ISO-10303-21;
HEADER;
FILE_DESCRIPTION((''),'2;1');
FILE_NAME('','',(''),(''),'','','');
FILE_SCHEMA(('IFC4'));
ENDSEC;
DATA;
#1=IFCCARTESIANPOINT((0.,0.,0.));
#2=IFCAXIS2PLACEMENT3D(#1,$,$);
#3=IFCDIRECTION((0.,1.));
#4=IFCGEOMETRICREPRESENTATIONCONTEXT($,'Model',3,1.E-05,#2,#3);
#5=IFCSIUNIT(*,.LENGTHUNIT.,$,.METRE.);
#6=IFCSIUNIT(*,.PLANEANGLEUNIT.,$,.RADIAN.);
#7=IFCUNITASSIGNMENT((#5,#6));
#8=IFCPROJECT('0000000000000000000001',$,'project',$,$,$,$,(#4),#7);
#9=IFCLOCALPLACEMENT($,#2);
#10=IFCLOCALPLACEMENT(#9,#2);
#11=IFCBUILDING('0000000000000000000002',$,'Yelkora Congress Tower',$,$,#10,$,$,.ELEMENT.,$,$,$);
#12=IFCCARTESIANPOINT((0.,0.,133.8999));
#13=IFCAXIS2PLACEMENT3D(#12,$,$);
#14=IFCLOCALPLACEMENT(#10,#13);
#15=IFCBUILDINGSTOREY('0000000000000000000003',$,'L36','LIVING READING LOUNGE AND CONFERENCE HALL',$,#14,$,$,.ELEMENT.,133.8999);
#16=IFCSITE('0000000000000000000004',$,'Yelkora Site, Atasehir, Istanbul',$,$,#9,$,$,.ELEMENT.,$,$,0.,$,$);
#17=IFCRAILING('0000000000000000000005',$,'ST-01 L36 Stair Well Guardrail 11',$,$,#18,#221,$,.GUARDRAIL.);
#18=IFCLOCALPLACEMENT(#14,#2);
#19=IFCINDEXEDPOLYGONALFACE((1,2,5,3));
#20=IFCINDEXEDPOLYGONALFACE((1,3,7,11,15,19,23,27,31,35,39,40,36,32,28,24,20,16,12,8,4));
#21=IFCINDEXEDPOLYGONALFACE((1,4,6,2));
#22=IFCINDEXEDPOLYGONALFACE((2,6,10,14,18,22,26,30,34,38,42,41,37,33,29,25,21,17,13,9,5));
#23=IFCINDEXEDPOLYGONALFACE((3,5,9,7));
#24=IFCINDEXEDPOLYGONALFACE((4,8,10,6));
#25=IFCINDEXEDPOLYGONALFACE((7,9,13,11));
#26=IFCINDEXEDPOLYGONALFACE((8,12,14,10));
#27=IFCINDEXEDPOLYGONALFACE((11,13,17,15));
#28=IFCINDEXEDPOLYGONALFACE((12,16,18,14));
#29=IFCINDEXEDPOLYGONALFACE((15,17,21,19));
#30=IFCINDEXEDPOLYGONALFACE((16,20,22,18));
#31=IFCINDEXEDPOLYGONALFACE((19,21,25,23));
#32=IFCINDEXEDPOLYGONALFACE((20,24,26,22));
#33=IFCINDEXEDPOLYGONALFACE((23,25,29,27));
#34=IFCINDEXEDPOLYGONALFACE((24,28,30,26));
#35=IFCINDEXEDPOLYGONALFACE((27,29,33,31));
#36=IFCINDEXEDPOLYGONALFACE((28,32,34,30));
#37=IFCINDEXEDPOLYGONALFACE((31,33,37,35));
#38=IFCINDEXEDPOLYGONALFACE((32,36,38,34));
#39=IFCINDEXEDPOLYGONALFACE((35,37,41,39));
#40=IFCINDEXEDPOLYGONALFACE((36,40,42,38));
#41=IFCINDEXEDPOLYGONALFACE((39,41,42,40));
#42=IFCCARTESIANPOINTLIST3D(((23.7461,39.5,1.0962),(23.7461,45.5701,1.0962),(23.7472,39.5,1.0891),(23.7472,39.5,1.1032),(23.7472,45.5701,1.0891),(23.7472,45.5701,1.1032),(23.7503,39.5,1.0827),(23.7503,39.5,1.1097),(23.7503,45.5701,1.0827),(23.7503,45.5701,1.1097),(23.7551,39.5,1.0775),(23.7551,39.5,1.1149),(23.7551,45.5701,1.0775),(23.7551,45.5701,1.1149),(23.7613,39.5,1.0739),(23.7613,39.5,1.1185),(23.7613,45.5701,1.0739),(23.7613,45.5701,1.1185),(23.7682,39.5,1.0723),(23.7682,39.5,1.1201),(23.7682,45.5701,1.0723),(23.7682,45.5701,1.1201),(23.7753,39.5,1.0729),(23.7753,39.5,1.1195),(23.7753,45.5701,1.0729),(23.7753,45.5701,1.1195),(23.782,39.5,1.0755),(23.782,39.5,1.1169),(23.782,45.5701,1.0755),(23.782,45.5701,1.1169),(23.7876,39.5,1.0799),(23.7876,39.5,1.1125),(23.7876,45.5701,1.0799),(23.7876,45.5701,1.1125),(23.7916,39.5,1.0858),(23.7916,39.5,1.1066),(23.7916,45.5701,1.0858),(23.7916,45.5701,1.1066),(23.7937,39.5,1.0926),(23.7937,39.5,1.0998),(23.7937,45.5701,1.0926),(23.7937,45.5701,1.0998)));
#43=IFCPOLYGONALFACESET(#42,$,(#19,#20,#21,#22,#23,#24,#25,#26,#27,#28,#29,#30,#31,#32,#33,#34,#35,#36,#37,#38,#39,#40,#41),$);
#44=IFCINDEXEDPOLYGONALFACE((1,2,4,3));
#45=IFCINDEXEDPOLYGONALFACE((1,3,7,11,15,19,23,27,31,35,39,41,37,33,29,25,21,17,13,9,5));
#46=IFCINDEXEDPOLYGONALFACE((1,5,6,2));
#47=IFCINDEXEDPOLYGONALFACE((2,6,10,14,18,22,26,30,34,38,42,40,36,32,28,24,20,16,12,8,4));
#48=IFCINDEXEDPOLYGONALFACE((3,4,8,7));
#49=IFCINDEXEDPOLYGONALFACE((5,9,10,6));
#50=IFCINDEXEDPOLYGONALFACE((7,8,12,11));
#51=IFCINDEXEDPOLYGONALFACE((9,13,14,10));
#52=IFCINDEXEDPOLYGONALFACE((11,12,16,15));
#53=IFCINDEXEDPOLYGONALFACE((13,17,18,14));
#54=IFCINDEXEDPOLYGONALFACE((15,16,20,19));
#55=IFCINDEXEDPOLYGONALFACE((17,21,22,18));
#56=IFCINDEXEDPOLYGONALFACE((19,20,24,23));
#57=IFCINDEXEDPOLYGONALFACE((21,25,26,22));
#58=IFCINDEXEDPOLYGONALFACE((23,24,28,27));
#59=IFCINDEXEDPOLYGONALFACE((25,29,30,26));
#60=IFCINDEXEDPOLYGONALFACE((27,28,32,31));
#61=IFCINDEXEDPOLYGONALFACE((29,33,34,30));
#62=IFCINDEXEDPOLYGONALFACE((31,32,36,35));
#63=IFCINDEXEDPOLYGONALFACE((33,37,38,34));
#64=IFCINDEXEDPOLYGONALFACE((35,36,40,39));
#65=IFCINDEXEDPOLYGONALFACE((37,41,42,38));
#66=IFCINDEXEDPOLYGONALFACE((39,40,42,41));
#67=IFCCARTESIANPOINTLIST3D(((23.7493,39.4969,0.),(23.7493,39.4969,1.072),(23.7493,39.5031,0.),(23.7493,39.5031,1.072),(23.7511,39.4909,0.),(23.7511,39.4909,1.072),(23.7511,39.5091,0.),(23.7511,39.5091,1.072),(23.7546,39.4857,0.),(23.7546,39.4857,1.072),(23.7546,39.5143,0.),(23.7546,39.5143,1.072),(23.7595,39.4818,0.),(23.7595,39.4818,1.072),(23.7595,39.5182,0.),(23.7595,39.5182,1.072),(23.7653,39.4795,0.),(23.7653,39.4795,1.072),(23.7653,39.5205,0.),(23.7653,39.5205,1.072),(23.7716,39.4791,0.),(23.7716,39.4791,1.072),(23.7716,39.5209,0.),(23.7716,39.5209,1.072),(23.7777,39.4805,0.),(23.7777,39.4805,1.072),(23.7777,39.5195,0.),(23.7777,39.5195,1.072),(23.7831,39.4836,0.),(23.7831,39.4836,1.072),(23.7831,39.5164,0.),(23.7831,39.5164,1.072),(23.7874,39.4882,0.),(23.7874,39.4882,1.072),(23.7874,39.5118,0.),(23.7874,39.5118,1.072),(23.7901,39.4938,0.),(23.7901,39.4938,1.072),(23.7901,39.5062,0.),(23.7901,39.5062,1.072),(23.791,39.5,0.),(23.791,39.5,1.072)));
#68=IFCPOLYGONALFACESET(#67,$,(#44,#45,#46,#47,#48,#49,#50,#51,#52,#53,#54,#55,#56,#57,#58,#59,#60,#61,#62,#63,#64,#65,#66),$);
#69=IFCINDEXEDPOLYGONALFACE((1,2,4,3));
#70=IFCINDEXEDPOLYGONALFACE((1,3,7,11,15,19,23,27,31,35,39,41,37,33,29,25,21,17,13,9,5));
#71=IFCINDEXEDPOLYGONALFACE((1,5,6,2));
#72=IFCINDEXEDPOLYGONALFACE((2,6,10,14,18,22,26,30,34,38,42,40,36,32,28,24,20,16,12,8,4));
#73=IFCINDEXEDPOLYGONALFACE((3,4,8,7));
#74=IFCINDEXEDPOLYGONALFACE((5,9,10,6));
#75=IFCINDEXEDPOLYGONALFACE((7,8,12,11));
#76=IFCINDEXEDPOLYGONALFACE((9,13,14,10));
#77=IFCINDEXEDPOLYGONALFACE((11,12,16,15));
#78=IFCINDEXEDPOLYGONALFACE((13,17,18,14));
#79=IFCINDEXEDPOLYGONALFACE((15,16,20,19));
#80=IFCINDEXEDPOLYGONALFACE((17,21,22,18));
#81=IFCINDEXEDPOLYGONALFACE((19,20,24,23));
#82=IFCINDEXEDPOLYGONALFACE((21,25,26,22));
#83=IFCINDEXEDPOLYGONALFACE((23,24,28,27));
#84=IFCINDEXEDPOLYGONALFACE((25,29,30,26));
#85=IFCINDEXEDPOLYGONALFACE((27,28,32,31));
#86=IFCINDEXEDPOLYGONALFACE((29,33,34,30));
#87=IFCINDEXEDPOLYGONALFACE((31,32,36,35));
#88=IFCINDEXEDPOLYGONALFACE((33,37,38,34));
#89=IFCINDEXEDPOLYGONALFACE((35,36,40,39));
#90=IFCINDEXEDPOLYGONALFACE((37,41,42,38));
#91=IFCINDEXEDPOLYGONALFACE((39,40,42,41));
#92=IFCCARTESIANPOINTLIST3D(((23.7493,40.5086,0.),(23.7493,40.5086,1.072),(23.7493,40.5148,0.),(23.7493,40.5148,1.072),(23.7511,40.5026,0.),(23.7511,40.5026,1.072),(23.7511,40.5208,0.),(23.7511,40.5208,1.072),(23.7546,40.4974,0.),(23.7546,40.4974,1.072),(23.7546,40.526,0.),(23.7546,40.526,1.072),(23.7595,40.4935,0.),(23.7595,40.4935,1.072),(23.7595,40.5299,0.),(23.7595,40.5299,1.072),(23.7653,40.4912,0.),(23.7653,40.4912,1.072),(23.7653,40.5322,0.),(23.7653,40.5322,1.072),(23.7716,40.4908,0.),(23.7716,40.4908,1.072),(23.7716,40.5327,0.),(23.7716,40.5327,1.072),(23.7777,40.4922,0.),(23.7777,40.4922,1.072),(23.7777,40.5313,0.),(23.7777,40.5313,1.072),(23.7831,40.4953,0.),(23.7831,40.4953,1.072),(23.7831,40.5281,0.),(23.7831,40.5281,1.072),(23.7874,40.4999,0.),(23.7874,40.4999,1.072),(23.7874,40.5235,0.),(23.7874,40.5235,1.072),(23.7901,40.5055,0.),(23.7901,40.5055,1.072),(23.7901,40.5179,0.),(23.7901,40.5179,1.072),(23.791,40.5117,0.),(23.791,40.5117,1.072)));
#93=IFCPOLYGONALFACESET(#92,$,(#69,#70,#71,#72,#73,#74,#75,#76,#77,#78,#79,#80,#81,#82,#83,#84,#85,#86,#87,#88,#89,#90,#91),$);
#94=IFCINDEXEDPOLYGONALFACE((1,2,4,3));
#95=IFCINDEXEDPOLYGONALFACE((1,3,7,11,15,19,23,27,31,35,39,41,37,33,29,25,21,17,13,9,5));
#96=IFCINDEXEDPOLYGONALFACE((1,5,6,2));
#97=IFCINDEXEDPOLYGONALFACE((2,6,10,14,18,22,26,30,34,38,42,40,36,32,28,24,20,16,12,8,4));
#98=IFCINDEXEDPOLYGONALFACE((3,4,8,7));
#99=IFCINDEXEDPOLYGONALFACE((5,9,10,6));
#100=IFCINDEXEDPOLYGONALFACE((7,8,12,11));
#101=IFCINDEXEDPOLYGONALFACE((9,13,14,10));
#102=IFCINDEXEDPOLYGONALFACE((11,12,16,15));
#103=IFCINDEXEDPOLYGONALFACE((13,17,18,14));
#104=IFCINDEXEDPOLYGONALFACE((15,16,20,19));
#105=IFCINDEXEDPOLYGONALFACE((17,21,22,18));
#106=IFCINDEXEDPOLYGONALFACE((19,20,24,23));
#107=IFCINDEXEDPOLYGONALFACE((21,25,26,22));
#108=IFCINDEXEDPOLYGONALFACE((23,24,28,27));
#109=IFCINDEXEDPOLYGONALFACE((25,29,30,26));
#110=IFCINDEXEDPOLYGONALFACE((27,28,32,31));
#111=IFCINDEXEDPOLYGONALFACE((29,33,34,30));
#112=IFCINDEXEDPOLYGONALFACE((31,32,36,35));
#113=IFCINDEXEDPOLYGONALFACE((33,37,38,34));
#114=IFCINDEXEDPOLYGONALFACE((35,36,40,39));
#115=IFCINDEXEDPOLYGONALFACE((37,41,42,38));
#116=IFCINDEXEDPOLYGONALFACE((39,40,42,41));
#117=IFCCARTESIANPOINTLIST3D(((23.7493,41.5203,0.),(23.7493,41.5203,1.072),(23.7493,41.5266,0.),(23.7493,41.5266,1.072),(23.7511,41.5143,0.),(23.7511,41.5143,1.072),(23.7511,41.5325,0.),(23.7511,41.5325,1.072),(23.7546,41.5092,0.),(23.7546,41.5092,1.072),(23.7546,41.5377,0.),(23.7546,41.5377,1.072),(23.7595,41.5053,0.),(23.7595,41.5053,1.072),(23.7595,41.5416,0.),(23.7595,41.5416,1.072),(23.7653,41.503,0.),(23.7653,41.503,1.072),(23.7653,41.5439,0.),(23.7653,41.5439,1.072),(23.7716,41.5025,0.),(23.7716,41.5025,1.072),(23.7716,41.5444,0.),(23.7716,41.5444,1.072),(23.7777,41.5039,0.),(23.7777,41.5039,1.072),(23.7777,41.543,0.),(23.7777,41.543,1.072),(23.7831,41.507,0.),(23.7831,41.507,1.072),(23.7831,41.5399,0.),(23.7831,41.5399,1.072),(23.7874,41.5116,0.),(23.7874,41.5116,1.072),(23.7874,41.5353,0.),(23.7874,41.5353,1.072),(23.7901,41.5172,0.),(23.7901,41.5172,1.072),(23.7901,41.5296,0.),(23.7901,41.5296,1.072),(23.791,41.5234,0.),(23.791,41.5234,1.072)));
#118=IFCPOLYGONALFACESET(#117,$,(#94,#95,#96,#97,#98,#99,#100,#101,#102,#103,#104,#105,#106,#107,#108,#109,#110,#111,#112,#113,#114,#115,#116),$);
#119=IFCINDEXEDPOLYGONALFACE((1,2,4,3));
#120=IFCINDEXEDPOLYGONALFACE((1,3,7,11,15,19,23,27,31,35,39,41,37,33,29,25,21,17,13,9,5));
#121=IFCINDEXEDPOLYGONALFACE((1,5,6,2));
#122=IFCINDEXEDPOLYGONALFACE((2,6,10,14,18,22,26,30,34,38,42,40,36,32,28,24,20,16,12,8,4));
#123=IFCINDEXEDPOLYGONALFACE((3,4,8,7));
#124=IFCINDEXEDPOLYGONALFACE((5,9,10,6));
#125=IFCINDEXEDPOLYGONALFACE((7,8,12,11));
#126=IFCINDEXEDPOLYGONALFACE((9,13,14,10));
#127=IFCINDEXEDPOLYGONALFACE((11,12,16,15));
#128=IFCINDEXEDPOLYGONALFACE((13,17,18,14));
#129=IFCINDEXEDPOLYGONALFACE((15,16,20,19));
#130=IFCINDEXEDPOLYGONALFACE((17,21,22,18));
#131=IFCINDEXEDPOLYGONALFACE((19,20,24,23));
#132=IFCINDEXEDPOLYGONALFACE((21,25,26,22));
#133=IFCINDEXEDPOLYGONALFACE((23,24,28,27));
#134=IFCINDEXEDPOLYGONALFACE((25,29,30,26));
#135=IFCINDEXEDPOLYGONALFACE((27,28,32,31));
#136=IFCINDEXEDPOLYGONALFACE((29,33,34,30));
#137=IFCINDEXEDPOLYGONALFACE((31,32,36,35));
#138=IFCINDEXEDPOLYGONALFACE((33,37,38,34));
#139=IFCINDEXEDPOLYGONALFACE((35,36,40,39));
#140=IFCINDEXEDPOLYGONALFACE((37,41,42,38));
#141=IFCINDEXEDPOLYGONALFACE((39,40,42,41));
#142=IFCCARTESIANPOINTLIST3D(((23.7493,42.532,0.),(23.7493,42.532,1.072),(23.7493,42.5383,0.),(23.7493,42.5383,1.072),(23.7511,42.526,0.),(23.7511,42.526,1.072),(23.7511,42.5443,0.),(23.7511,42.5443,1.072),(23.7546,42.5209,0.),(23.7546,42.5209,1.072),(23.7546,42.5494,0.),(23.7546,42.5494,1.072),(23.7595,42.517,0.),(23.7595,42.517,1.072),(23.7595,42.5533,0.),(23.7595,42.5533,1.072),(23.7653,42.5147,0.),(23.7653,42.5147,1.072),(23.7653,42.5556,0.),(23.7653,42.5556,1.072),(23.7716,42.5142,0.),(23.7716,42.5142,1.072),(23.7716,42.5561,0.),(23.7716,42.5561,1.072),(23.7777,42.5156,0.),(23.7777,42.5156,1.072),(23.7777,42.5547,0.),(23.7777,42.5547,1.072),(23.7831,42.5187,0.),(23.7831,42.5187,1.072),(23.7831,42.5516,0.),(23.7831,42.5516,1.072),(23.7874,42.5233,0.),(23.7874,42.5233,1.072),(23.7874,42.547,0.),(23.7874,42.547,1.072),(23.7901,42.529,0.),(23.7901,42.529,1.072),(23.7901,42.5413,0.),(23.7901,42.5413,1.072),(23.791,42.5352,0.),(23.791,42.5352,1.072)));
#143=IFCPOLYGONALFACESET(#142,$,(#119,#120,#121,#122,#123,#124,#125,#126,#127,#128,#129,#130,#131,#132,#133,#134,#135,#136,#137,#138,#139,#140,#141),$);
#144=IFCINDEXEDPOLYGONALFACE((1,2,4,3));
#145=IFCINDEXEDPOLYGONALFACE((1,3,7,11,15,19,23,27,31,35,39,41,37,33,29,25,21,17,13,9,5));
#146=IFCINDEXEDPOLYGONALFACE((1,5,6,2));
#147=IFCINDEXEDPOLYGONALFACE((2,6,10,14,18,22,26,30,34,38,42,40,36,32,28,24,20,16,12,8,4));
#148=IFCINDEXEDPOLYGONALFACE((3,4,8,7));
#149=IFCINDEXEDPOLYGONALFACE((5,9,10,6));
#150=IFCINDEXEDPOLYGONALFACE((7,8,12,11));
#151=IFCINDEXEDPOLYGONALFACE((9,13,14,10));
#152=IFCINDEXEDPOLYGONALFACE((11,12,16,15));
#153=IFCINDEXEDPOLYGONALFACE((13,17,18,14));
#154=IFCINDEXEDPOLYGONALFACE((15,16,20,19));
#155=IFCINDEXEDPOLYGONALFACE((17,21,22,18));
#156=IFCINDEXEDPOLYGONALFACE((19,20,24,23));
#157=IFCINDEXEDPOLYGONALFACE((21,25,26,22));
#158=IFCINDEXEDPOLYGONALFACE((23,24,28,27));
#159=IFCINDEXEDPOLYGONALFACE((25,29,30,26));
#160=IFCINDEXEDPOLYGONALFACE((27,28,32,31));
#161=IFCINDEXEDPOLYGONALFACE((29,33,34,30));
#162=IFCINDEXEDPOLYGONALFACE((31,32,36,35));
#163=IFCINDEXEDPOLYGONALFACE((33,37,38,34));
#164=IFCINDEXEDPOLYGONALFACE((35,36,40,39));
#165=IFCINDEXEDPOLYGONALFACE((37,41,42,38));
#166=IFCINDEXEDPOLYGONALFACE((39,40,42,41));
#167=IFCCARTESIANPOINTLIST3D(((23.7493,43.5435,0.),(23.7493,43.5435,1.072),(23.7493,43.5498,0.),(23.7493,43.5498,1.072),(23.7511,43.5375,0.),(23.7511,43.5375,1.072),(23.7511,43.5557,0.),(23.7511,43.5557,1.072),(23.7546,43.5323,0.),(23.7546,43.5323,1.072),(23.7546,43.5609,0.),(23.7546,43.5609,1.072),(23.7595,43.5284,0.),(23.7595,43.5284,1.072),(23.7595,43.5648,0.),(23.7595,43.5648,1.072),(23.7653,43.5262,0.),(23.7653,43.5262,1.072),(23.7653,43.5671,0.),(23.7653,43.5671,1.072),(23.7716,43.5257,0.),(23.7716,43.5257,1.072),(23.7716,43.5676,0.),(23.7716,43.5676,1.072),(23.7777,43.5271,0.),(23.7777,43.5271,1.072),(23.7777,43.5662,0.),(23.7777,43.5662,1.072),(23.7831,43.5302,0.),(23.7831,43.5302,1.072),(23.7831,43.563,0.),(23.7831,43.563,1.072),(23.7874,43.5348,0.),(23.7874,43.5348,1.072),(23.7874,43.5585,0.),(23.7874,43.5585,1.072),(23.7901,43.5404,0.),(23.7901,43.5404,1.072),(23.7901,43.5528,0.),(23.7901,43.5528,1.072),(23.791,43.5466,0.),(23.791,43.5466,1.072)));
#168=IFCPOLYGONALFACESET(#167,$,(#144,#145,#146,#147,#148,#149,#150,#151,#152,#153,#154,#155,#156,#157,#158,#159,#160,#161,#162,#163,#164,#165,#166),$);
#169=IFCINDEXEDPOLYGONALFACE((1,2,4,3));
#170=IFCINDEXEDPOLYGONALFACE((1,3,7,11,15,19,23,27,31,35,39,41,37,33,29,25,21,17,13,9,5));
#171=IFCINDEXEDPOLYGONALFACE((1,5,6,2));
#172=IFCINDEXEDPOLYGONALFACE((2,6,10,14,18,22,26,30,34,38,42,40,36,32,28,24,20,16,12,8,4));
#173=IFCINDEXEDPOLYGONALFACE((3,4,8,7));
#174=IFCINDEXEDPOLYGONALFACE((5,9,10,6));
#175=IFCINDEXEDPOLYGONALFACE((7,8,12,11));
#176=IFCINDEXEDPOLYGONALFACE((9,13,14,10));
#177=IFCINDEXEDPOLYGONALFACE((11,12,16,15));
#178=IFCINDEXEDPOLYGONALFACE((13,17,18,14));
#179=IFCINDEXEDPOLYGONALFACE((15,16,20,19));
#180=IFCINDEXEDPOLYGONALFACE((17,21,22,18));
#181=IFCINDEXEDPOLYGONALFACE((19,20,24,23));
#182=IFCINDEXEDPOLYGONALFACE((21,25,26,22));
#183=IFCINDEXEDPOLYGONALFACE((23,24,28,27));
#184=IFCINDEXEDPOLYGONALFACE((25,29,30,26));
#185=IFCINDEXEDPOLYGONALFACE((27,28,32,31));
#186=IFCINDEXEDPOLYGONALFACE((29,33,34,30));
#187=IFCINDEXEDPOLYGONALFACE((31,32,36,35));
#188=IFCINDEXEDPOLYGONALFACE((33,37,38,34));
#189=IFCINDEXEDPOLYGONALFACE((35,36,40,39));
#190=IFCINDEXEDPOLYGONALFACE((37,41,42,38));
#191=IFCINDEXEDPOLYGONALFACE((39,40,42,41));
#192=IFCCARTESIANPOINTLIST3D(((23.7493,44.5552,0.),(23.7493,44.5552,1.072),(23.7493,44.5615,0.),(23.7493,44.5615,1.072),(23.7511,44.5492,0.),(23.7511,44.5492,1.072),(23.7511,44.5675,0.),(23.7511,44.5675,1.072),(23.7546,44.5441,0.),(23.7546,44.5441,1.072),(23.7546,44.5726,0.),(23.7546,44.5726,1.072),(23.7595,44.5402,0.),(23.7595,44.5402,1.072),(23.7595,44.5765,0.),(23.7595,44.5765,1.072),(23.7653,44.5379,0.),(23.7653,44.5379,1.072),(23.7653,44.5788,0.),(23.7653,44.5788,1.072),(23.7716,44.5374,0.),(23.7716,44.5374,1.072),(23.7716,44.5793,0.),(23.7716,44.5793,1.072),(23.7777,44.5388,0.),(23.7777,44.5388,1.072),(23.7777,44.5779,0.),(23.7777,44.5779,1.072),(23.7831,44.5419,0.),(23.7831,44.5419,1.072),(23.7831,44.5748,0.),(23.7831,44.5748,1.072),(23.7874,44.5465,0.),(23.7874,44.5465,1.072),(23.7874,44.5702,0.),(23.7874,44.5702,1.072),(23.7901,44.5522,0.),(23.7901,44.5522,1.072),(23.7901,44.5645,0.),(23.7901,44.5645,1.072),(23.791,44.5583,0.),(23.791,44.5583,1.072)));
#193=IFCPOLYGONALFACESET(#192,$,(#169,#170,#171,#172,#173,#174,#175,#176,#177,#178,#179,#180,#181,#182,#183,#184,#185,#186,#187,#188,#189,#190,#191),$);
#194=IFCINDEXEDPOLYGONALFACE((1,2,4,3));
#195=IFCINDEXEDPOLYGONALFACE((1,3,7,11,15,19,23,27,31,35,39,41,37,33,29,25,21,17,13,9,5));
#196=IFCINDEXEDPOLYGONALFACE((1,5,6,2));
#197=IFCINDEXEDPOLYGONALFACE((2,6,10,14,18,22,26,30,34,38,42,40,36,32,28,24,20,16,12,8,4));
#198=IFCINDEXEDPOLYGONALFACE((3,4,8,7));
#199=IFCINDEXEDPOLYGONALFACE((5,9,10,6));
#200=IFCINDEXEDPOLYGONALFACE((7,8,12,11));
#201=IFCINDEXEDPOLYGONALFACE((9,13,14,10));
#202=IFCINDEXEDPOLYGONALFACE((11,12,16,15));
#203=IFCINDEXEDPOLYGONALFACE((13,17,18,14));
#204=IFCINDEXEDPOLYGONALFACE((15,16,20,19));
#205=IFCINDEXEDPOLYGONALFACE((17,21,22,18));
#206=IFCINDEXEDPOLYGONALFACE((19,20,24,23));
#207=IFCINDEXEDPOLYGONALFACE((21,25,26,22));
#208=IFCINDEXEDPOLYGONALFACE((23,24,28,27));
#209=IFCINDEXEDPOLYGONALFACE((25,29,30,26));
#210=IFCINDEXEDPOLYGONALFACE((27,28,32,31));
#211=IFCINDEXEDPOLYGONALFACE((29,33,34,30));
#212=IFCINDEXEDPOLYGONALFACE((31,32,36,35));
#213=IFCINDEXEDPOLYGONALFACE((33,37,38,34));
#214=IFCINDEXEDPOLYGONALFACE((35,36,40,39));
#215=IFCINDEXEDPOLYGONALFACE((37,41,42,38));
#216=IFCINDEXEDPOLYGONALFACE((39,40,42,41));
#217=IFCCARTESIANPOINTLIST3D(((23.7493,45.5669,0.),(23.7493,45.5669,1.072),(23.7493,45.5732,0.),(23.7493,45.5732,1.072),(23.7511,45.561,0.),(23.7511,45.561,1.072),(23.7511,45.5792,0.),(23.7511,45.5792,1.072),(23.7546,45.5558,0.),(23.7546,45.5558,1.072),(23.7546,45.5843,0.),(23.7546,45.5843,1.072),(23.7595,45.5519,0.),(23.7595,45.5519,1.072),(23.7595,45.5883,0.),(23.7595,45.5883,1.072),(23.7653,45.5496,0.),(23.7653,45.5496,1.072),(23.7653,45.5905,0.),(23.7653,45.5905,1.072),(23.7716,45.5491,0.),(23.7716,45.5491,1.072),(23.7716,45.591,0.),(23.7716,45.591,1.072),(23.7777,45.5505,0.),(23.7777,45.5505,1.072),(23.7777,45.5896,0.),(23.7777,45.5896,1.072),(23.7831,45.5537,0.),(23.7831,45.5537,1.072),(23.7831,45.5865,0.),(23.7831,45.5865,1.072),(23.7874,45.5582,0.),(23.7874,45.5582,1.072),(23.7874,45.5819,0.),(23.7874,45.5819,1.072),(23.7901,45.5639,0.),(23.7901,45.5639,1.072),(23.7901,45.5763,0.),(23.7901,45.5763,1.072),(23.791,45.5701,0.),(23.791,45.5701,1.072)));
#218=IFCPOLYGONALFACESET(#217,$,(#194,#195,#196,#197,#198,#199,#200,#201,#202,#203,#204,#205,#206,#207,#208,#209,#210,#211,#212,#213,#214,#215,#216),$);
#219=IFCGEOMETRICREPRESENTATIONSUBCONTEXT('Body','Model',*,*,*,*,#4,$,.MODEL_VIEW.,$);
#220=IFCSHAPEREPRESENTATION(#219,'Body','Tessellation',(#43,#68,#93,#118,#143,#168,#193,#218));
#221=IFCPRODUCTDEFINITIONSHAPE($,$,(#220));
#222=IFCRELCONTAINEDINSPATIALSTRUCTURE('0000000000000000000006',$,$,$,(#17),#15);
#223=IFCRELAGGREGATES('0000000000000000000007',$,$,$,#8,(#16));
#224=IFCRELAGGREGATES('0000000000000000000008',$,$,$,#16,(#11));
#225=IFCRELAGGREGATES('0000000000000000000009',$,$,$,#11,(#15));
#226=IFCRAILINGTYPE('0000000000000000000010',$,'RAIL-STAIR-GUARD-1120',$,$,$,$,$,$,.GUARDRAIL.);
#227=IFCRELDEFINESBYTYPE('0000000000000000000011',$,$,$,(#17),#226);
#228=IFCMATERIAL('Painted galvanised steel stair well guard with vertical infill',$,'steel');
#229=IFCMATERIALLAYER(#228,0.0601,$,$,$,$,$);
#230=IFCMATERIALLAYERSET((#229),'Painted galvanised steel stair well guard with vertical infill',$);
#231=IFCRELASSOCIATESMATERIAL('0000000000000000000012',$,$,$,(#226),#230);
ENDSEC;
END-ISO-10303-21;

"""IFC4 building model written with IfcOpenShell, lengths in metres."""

from ifc_helpers import new_model, si_unit, direction, frame, origin, origin_2d, place, context, subcontext, project, spatial, circle, extrude, material, layer, layer_set, type_object, element, save


model = new_model("IFC4")

# Units and contexts
model_context = context("Model", 3, precision=1e-05, world=origin(), true_north=direction((0.0, 1.0)))
body_context = subcontext(model_context, "Body", "Model", "MODEL_VIEW")
ifc_project = project(units=[si_unit("LENGTHUNIT", "METRE"), si_unit("PLANEANGLEUNIT", "RADIAN")], contexts=[model_context])

# Site, building, storey
site_placement = place(None, origin())
site = spatial("IfcSite", under=ifc_project, at=site_placement, Name="Yelkora Site, Atasehir, Istanbul", CompositionType="ELEMENT", RefElevation=0.0)
building_placement = place(site_placement, origin())
building = spatial("IfcBuilding", under=site, at=building_placement, Name="Yelkora Congress Tower", CompositionType="ELEMENT")
storey_placement = place(building_placement, frame((0.0, 0.0, 133.8999)))
storey = spatial("IfcBuildingStorey", under=building, at=storey_placement, Name="L36", Description="LIVING READING LOUNGE AND CONFERENCE HALL", CompositionType="ELEMENT", Elevation=133.8999)

# Railing
ifc_material_1 = material(Name="Painted galvanised steel stair well guard with vertical infill", Category="steel")
ifc_layer_1 = layer(ifc_material_1, 0.0601)
ifc_layer_set_1 = layer_set([ifc_layer_1], Name="Painted galvanised steel stair well guard with vertical infill")
railing_type_1 = type_object("IfcRailingType", Name="RAIL-STAIR-GUARD-1120", PredefinedType="GUARDRAIL", material=ifc_layer_set_1)
railing_1_placement = place(storey_placement, frame((23.77, 39.5, 0.0)))
element("IfcRailing", 1, at=railing_1_placement, inside=storey, type_object=railing_type_1, Name="ST-01 L36 Stair Well Guardrail 11", PredefinedType="GUARDRAIL", context=body_context, shape_type="SweptSolid", body=[
    extrude(circle(Radius=0.0239, at=origin_2d()), frame((0.0, 0.0, 1.0962), z_axis=(0.0, 1.0, 0.0), x_axis=(-1.0, 0.0, 0.0)), (0.0, 0.0, 1.0), 6.0701),
    extrude(circle(Radius=0.021, at=origin_2d()), origin(), (0.0, 0.0, 1.0), 1.072),
    extrude(circle(Radius=0.021, at=origin_2d()), frame((0.0, 1.0117, 0.0)), (0.0, 0.0, 1.0), 1.072),
    extrude(circle(Radius=0.021, at=origin_2d()), frame((0.0, 2.0234, 0.0)), (0.0, 0.0, 1.0), 1.072),
    extrude(circle(Radius=0.021, at=origin_2d()), frame((0.0, 3.0352, 0.0)), (0.0, 0.0, 1.0), 1.072),
    extrude(circle(Radius=0.021, at=origin_2d()), frame((0.0, 4.0466, 0.0)), (0.0, 0.0, 1.0), 1.072),
    extrude(circle(Radius=0.021, at=origin_2d()), frame((0.0, 5.0583, 0.0)), (0.0, 0.0, 1.0), 1.072),
    extrude(circle(Radius=0.021, at=origin_2d()), frame((0.0, 6.0701, 0.0)), (0.0, 0.0, 1.0), 1.072),
])

save(model, "model.ifc")
